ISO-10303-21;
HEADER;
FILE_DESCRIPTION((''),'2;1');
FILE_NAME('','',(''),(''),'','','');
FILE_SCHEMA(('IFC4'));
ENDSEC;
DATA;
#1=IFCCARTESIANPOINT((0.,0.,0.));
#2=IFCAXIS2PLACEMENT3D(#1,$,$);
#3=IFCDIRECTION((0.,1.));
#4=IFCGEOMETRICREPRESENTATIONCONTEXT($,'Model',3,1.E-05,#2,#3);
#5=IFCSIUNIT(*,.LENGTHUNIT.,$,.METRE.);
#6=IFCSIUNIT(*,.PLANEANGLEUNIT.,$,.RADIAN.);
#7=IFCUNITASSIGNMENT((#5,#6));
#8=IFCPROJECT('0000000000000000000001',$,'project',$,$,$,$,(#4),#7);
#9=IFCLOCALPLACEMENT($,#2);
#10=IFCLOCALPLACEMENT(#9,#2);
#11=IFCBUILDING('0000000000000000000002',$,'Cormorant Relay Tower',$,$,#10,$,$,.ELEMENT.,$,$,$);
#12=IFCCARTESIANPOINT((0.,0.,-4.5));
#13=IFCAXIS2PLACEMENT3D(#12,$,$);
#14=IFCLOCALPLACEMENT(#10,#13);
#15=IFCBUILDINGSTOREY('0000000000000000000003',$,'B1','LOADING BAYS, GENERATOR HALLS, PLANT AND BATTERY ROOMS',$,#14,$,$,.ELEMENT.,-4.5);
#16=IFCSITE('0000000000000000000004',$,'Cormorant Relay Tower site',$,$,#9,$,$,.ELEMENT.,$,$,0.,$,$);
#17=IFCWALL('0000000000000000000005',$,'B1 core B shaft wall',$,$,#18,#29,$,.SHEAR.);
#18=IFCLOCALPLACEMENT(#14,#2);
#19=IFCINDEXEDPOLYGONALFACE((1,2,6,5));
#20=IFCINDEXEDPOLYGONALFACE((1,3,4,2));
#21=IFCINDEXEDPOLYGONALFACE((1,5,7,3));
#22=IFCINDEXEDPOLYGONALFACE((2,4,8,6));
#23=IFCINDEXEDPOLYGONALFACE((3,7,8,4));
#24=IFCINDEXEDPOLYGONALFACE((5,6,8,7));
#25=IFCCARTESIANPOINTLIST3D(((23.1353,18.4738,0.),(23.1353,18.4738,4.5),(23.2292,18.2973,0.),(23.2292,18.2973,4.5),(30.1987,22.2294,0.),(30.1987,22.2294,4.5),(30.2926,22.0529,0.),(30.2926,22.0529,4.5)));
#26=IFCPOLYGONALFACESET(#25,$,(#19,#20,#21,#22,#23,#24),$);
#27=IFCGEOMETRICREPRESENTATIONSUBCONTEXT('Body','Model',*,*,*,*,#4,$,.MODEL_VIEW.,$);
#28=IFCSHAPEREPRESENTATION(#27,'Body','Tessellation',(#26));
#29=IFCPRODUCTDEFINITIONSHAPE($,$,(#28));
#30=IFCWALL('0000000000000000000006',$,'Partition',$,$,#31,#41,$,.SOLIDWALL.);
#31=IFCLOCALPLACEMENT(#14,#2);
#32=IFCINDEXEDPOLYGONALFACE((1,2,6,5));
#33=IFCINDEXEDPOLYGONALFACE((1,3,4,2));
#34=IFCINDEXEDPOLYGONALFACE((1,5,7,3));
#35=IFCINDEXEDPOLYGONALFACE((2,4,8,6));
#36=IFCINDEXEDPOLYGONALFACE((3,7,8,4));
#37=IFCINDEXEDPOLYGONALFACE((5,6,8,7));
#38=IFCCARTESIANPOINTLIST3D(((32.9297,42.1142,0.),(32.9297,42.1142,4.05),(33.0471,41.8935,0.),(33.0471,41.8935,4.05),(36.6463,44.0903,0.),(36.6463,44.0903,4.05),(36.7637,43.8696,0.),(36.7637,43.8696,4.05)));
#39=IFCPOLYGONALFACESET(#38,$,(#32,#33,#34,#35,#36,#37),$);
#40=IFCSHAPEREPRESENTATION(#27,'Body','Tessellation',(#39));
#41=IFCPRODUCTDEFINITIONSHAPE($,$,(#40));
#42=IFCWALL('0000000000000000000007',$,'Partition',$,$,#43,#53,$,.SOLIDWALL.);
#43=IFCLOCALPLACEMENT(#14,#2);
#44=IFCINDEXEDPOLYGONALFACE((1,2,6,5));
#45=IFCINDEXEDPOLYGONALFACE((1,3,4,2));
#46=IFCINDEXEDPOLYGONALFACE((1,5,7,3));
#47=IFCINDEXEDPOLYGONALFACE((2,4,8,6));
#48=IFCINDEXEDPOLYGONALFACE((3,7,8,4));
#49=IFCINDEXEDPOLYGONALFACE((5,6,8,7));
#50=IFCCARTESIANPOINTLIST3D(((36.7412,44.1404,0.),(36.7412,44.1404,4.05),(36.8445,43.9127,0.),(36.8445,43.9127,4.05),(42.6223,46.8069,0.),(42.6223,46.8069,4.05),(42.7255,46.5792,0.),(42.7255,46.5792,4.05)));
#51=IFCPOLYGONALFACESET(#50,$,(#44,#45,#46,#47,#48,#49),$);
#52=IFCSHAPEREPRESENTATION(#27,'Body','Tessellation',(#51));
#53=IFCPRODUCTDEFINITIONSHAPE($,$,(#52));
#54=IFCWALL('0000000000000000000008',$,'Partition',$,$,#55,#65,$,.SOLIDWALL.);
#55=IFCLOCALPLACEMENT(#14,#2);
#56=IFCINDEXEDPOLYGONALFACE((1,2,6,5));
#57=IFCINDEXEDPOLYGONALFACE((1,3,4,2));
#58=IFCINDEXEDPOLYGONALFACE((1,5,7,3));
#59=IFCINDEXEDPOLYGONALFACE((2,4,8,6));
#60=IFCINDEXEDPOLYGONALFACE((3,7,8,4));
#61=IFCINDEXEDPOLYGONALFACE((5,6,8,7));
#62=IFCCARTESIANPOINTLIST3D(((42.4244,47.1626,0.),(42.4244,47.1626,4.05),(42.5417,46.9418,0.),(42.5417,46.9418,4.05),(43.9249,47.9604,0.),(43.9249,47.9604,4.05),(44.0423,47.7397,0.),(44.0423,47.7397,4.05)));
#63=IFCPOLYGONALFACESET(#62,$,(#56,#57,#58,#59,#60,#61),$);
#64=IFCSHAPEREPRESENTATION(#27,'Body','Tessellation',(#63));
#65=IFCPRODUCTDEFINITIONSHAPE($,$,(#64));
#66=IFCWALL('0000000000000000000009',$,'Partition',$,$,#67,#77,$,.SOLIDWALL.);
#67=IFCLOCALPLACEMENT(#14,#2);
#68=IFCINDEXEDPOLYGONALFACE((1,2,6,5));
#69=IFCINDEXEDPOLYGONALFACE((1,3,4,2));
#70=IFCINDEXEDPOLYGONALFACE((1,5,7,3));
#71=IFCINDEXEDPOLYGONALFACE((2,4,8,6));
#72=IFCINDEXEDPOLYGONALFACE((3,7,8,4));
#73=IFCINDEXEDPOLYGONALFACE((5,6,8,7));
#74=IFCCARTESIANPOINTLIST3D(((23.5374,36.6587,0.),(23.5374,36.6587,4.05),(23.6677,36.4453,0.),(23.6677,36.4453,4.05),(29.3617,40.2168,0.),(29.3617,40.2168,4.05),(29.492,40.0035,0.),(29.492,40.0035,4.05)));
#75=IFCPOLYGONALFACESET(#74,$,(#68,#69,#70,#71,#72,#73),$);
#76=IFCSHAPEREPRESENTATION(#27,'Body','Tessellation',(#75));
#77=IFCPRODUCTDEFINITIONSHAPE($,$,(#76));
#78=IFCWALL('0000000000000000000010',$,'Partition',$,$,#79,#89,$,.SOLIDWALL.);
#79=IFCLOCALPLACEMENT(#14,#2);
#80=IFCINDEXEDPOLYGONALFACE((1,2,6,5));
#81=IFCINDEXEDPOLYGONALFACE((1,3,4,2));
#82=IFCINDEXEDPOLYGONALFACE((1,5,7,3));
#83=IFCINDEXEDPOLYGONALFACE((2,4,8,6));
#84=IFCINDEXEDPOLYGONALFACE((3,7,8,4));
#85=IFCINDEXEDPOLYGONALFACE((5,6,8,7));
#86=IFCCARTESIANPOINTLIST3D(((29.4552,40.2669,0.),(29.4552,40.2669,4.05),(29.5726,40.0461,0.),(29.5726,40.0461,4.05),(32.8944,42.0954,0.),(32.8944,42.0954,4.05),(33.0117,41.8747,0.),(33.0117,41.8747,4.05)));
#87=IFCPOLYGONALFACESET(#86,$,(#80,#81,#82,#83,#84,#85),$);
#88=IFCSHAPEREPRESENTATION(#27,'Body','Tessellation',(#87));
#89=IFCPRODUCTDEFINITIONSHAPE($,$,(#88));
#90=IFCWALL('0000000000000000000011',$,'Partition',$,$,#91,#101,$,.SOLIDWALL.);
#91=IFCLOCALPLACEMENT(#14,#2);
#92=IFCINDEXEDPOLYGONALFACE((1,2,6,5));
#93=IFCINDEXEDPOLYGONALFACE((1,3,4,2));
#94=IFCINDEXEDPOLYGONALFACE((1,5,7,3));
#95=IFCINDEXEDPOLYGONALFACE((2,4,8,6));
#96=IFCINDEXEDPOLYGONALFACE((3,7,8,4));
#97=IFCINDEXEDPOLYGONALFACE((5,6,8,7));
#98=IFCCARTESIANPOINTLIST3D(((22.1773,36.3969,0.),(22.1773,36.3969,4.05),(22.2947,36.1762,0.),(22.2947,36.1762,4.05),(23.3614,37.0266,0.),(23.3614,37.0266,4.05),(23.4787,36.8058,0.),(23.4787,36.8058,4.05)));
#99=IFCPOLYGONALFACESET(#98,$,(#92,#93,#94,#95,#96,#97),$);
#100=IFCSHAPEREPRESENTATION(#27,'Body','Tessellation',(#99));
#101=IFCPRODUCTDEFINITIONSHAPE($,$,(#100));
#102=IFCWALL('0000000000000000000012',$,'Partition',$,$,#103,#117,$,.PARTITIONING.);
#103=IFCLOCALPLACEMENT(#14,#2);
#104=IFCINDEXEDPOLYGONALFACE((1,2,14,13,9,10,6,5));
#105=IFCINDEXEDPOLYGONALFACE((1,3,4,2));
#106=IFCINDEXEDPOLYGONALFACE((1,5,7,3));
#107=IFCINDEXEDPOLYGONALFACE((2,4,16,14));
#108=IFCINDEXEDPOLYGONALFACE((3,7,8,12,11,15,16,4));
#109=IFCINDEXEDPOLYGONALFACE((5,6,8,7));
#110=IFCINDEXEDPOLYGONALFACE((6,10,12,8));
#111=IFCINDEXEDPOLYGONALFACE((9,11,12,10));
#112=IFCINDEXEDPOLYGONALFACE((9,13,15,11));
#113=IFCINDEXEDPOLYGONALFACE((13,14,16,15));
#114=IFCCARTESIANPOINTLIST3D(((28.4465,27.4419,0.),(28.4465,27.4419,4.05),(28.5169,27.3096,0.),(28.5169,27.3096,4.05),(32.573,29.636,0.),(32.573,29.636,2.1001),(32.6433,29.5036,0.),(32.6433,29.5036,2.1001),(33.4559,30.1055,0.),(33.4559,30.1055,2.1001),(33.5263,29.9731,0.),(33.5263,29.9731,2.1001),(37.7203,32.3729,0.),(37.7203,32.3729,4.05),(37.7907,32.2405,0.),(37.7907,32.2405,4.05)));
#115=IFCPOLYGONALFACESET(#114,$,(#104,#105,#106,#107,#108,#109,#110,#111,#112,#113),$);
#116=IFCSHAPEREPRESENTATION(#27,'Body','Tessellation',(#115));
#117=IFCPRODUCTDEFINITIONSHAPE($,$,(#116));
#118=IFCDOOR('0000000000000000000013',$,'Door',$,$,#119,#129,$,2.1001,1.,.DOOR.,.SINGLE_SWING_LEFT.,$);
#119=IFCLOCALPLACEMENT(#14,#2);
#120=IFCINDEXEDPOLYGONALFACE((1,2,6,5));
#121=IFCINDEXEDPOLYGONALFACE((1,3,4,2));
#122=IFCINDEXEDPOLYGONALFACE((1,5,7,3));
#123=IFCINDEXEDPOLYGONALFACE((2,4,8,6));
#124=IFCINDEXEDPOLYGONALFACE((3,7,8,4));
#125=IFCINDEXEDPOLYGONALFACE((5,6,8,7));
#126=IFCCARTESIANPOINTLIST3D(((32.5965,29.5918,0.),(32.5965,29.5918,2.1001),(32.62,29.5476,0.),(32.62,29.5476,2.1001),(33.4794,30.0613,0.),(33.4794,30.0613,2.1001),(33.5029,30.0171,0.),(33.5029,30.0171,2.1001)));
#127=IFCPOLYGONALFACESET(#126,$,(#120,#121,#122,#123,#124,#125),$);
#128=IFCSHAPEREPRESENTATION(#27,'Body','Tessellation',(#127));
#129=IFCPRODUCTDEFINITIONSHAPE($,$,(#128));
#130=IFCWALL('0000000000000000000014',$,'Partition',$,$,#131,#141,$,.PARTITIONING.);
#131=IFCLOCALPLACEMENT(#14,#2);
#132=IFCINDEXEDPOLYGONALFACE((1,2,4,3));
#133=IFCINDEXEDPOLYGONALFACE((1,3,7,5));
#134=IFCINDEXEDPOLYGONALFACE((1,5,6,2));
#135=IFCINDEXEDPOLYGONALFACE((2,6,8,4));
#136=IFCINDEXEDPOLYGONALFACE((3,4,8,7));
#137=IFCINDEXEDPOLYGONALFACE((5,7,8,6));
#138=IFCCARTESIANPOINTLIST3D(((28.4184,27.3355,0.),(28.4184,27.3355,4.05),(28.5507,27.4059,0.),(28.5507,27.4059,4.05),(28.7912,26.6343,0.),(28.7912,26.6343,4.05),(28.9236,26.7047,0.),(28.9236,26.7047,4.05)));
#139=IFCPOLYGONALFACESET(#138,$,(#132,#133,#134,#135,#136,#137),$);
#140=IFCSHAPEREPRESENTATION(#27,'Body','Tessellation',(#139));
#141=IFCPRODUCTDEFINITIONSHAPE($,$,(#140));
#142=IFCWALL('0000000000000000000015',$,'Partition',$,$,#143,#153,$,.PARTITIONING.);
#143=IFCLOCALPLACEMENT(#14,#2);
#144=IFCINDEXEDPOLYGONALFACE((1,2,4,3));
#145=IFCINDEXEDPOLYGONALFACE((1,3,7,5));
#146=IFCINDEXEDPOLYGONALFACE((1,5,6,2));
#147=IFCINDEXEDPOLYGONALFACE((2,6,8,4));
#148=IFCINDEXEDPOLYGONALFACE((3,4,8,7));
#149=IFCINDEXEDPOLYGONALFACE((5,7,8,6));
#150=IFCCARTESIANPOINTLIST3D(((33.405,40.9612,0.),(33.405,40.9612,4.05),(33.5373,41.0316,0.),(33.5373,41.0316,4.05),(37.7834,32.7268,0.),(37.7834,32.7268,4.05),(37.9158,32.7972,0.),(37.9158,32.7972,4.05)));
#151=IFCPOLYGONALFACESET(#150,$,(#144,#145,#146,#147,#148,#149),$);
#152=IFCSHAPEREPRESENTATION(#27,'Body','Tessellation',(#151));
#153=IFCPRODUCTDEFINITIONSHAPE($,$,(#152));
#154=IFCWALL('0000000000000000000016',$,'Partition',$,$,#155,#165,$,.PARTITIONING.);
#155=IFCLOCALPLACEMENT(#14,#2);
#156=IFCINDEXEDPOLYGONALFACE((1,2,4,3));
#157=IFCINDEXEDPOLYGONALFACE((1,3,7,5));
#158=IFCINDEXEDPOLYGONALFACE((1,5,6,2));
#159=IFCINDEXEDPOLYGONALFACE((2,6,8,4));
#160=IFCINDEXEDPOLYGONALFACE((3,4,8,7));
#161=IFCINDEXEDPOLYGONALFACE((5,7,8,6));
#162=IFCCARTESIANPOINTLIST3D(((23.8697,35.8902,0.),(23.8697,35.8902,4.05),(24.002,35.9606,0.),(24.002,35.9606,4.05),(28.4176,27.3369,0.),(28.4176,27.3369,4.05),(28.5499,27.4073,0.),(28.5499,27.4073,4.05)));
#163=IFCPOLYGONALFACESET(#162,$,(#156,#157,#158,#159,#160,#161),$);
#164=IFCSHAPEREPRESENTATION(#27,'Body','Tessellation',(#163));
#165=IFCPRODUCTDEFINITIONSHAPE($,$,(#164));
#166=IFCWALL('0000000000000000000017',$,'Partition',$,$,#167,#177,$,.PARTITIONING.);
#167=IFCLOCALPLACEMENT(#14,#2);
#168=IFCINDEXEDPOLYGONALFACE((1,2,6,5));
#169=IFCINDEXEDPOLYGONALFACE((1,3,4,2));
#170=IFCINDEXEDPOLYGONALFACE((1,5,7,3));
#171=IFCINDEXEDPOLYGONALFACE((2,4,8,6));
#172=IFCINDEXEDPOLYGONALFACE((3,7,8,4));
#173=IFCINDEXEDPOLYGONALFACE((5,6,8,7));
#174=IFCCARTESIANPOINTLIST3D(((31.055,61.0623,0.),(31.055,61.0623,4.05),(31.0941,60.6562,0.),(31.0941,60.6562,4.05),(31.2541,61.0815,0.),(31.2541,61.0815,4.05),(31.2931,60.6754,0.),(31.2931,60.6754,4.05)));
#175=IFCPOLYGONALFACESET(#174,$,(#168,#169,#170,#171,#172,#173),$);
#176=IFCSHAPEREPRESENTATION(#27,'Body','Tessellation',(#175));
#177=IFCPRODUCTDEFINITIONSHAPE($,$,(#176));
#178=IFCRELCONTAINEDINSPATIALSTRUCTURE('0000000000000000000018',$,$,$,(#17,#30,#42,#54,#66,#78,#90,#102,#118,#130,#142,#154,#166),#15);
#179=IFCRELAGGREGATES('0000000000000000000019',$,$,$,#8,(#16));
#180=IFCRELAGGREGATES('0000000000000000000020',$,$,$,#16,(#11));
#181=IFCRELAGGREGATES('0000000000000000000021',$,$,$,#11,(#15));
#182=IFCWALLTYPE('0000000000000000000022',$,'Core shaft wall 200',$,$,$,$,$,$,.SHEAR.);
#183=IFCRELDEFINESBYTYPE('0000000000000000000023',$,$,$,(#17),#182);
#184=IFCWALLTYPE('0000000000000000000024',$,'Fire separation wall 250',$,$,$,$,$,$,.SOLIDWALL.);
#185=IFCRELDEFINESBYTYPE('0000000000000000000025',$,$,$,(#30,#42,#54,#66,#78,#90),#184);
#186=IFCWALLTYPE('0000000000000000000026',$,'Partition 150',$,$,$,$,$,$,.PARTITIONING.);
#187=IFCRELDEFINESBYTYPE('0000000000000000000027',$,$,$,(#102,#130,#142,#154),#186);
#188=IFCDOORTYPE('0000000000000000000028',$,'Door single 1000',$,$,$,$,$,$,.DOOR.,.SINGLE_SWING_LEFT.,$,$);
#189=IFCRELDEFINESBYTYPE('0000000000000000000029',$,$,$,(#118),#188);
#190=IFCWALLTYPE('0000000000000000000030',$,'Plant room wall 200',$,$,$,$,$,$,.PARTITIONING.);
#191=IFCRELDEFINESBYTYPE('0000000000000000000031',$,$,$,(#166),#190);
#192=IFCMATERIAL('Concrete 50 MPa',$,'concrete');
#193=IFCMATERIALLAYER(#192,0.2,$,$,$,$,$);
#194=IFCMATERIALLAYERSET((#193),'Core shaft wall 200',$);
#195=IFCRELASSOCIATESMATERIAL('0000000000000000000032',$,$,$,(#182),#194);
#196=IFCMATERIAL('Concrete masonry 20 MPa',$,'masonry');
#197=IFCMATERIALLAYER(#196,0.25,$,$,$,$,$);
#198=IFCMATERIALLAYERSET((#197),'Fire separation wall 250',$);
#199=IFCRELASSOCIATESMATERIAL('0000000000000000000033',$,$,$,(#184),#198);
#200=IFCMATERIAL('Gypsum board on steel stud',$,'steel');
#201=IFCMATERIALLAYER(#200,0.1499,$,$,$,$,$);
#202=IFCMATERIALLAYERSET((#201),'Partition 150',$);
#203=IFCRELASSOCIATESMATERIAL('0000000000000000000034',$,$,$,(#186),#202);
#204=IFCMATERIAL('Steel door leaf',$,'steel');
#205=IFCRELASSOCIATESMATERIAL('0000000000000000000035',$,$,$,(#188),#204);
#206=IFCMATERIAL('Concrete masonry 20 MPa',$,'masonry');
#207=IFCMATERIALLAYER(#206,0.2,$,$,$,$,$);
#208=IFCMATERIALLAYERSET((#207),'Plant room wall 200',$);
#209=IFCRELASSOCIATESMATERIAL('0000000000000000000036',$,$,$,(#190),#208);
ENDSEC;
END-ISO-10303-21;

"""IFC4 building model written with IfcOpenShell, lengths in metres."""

from ifc_helpers import new_model, si_unit, direction, frame, frame_2d, origin, place, context, subcontext, project, spatial, rectangle, extrude, material, layer, layer_set, type_object, element, fill, save


model = new_model("IFC4")

# Units and contexts
model_context = context("Model", 3, precision=1e-05, world=origin(), true_north=direction((0.0, 1.0)))
body_context = subcontext(model_context, "Body", "Model", "MODEL_VIEW")
ifc_project = project(units=[si_unit("LENGTHUNIT", "METRE"), si_unit("PLANEANGLEUNIT", "RADIAN")], contexts=[model_context])

# Site, building, storey
site_placement = place(None, origin())
site = spatial("IfcSite", under=ifc_project, at=site_placement, Name="Cormorant Relay Tower site", CompositionType="ELEMENT", RefElevation=0.0)
building_placement = place(site_placement, origin())
building = spatial("IfcBuilding", under=site, at=building_placement, Name="Cormorant Relay Tower", CompositionType="ELEMENT")
storey_placement = place(building_placement, frame((0.0, 0.0, -4.5)))
storey = spatial("IfcBuildingStorey", under=building, at=storey_placement, Name="B1", Description="LOADING BAYS, GENERATOR HALLS, PLANT AND BATTERY ROOMS", CompositionType="ELEMENT", Elevation=-4.5)

# Walls
ifc_material_1 = material(Name="Concrete 50 MPa", Category="concrete")
ifc_layer_1 = layer(ifc_material_1, 0.2)
ifc_layer_set_1 = layer_set([ifc_layer_1], Name="Core shaft wall 200")
wall_type_1 = type_object("IfcWallType", Name="Core shaft wall 200", PredefinedType="SHEAR", material=ifc_layer_set_1)
wall_1_placement = place(storey_placement, frame((23.1821, 18.3855, 0.0), z_axis=(0.0, 0.0, 1.0), x_axis=(0.882953, 0.469462, 0.0)))
element("IfcWall", 1, at=wall_1_placement, inside=storey, type_object=wall_type_1, Name="B1 core B shaft wall", PredefinedType="SHEAR", context=body_context, shape_type="SweptSolid", body=[
    extrude(rectangle(XDim=7.9998, YDim=0.2, at=frame_2d((4.0, 0.0))), origin(), (0.0, 0.0, 1.0), 4.5),
])
ifc_material_2 = material(Name="Concrete masonry 20 MPa", Category="masonry")
ifc_layer_2 = layer(ifc_material_2, 0.25)
ifc_layer_set_2 = layer_set([ifc_layer_2], Name="Fire separation wall 250")
wall_type_2 = type_object("IfcWallType", Name="Fire separation wall 250", PredefinedType="SOLIDWALL", material=ifc_layer_set_2)
wall_2_placement = place(storey_placement, frame((32.9885, 42.0039, 0.0), z_axis=(0.0, 0.0, 1.0), x_axis=(0.882953, 0.469462, 0.0)))
element("IfcWall", 2, at=wall_2_placement, inside=storey, type_object=wall_type_2, Name="Partition", PredefinedType="SOLIDWALL", context=body_context, shape_type="SweptSolid", body=[
    extrude(rectangle(XDim=4.2092, YDim=0.25, at=frame_2d((2.1045, 0.0))), origin(), (0.0, 0.0, 1.0), 4.05),
])
wall_3_placement = place(storey_placement, frame((36.793, 44.0266, 0.0), z_axis=(0.0, 0.0, 1.0), x_axis=(0.910758, 0.41294, 0.0)))
element("IfcWall", 3, at=wall_3_placement, inside=storey, type_object=wall_type_2, Name="Partition", PredefinedType="SOLIDWALL", context=body_context, shape_type="SweptSolid", body=[
    extrude(rectangle(XDim=6.4573, YDim=0.25, at=frame_2d((3.2285, 0.0))), origin(), (0.0, 0.0, 1.0), 4.05),
])
wall_4_placement = place(storey_placement, frame((42.4832, 47.0522, 0.0), z_axis=(0.0, 0.0, 1.0), x_axis=(0.882941, 0.469484, 0.0)))
element("IfcWall", 4, at=wall_4_placement, inside=storey, type_object=wall_type_2, Name="Partition", PredefinedType="SOLIDWALL", context=body_context, shape_type="SweptSolid", body=[
    extrude(rectangle(XDim=1.6995, YDim=0.25, at=frame_2d((0.8496, 0.0))), origin(), (0.0, 0.0, 1.0), 4.05),
])
wall_5_placement = place(storey_placement, frame((23.6025, 36.552, 0.0), z_axis=(0.0, 0.0, 1.0), x_axis=(0.853356, 0.521328, 0.0)))
element("IfcWall", 5, at=wall_5_placement, inside=storey, type_object=wall_type_2, Name="Partition", PredefinedType="SOLIDWALL", context=body_context, shape_type="SweptSolid", body=[
    extrude(rectangle(XDim=6.8252, YDim=0.25, at=frame_2d((3.4126, 0.0))), origin(), (0.0, 0.0, 1.0), 4.05),
])
wall_6_placement = place(storey_placement, frame((29.5139, 40.1565, 0.0), z_axis=(0.0, 0.0, 1.0), x_axis=(0.882953, 0.469462, 0.0)))
element("IfcWall", 6, at=wall_6_placement, inside=storey, type_object=wall_type_2, Name="Partition", PredefinedType="SOLIDWALL", context=body_context, shape_type="SweptSolid", body=[
    extrude(rectangle(XDim=3.895, YDim=0.25, at=frame_2d((1.9475, 0.0))), origin(), (0.0, 0.0, 1.0), 4.05),
])
wall_7_placement = place(storey_placement, frame((22.2361, 36.2866, 0.0), z_axis=(0.0, 0.0, 1.0), x_axis=(0.882932, 0.469501, 0.0)))
element("IfcWall", 7, at=wall_7_placement, inside=storey, type_object=wall_type_2, Name="Partition", PredefinedType="SOLIDWALL", context=body_context, shape_type="SweptSolid", body=[
    extrude(rectangle(XDim=1.3411, YDim=0.25, at=frame_2d((0.6704, 0.0))), origin(), (0.0, 0.0, 1.0), 4.05),
])

# Wall, opening, door
ifc_material_3 = material(Name="Gypsum board on steel stud", Category="steel")
ifc_layer_3 = layer(ifc_material_3, 0.1499)
ifc_layer_set_3 = layer_set([ifc_layer_3], Name="Partition 150")
wall_type_3 = type_object("IfcWallType", Name="Partition 150", PredefinedType="PARTITIONING", material=ifc_layer_set_3)
wall_8_placement = place(storey_placement, frame((37.7554, 32.3066, 0.0), z_axis=(0.0, 0.0, 1.0), x_axis=(-0.882947, -0.469472, 0.0)))
wall_8 = element("IfcWall", 8, at=wall_8_placement, inside=storey, type_object=wall_type_3, Name="Partition", PredefinedType="PARTITIONING", context=body_context, shape_type="SweptSolid", body=[
    extrude(rectangle(XDim=10.5032, YDim=0.1499, at=frame_2d((5.2515, 0.0))), origin(), (0.0, 0.0, 1.0), 4.05),
])
opening_1_placement = place(wall_8_placement, frame((4.8296, 0.0, 0.0)))
opening_1 = element("IfcOpeningElement", 9, at=opening_1_placement, cuts=wall_8, PredefinedType="OPENING", context=body_context, shape_type="SweptSolid", body=[
    extrude(rectangle(XDim=1.0, YDim=2.1001, at=frame_2d((0.5, 1.05))), frame((0.0, 0.085, 0.0), z_axis=(0.0, -1.0, 0.0), x_axis=(1.0, 0.0, 0.0)), (0.0, 0.0, 1.0), 0.1699),
])
ifc_material_4 = material(Name="Steel door leaf", Category="steel")
door_type = type_object("IfcDoorType", Name="Door single 1000", OperationType="SINGLE_SWING_LEFT", PredefinedType="DOOR", material=ifc_material_4)
door_1_placement = place(opening_1_placement, frame((1.0, 0.0, 0.0), z_axis=(0.0, 0.0, 1.0), x_axis=(-1.0, 0.0, 0.0)))
door_1 = element("IfcDoor", 10, at=door_1_placement, inside=storey, type_object=door_type, Name="Door", OperationType="SINGLE_SWING_LEFT", OverallHeight=2.1001, OverallWidth=1.0, PredefinedType="DOOR", context=body_context, shape_type="SweptSolid", body=[
    extrude(rectangle(XDim=1.0, YDim=2.1001, at=frame_2d((0.5, 1.05))), frame((0.0, 0.0249, 0.0), z_axis=(0.0, -1.0, 0.0), x_axis=(1.0, 0.0, 0.0)), (0.0, 0.0, 1.0), 0.05),
])
fill(opening_1, door_1)

# Walls
wall_9_placement = place(storey_placement, frame((28.4846, 27.3706, 0.0), z_axis=(0.0, 0.0, 1.0), x_axis=(0.469455, -0.882956, 0.0)))
element("IfcWall", 11, at=wall_9_placement, inside=storey, type_object=wall_type_3, Name="Partition", PredefinedType="PARTITIONING", context=body_context, shape_type="SweptSolid", body=[
    extrude(rectangle(XDim=0.7942, YDim=0.1499, at=frame_2d((0.397, 0.0))), origin(), (0.0, 0.0, 1.0), 4.05),
])
wall_10_placement = place(storey_placement, frame((37.8496, 32.762, 0.0), z_axis=(0.0, 0.0, 1.0), x_axis=(-0.469482, 0.882942, 0.0)))
element("IfcWall", 12, at=wall_10_placement, inside=storey, type_object=wall_type_3, Name="Partition", PredefinedType="PARTITIONING", context=body_context, shape_type="SweptSolid", body=[
    extrude(rectangle(XDim=9.3262, YDim=0.1499, at=frame_2d((4.6631, 0.0))), origin(), (0.0, 0.0, 1.0), 4.05),
])
wall_11_placement = place(storey_placement, frame((23.9358, 35.9255, 0.0), z_axis=(0.0, 0.0, 1.0), x_axis=(0.469473, -0.882947, 0.0)))
element("IfcWall", 13, at=wall_11_placement, inside=storey, type_object=wall_type_3, Name="Partition", PredefinedType="PARTITIONING", context=body_context, shape_type="SweptSolid", body=[
    extrude(rectangle(XDim=9.6873, YDim=0.1499, at=frame_2d((4.8438, 0.0))), origin(), (0.0, 0.0, 1.0), 4.05),
])
ifc_material_5 = material(Name="Concrete masonry 20 MPa", Category="masonry")
ifc_layer_4 = layer(ifc_material_5, 0.2)
ifc_layer_set_4 = layer_set([ifc_layer_4], Name="Plant room wall 200")
wall_type_4 = type_object("IfcWallType", Name="Plant room wall 200", PredefinedType="PARTITIONING", material=ifc_layer_set_4)
wall_12_placement = place(storey_placement, frame((31.1545, 61.072, 0.0), z_axis=(0.0, 0.0, 1.0), x_axis=(0.095769, -0.995404, 0.0)))
element("IfcWall", 14, at=wall_12_placement, inside=storey, type_object=wall_type_4, Name="Partition", PredefinedType="PARTITIONING", context=body_context, shape_type="SweptSolid", body=[
    extrude(rectangle(XDim=0.408, YDim=0.2, at=frame_2d((0.2041, 0.0))), origin(), (0.0, 0.0, 1.0), 4.05),
])

save(model, "model.ifc")
